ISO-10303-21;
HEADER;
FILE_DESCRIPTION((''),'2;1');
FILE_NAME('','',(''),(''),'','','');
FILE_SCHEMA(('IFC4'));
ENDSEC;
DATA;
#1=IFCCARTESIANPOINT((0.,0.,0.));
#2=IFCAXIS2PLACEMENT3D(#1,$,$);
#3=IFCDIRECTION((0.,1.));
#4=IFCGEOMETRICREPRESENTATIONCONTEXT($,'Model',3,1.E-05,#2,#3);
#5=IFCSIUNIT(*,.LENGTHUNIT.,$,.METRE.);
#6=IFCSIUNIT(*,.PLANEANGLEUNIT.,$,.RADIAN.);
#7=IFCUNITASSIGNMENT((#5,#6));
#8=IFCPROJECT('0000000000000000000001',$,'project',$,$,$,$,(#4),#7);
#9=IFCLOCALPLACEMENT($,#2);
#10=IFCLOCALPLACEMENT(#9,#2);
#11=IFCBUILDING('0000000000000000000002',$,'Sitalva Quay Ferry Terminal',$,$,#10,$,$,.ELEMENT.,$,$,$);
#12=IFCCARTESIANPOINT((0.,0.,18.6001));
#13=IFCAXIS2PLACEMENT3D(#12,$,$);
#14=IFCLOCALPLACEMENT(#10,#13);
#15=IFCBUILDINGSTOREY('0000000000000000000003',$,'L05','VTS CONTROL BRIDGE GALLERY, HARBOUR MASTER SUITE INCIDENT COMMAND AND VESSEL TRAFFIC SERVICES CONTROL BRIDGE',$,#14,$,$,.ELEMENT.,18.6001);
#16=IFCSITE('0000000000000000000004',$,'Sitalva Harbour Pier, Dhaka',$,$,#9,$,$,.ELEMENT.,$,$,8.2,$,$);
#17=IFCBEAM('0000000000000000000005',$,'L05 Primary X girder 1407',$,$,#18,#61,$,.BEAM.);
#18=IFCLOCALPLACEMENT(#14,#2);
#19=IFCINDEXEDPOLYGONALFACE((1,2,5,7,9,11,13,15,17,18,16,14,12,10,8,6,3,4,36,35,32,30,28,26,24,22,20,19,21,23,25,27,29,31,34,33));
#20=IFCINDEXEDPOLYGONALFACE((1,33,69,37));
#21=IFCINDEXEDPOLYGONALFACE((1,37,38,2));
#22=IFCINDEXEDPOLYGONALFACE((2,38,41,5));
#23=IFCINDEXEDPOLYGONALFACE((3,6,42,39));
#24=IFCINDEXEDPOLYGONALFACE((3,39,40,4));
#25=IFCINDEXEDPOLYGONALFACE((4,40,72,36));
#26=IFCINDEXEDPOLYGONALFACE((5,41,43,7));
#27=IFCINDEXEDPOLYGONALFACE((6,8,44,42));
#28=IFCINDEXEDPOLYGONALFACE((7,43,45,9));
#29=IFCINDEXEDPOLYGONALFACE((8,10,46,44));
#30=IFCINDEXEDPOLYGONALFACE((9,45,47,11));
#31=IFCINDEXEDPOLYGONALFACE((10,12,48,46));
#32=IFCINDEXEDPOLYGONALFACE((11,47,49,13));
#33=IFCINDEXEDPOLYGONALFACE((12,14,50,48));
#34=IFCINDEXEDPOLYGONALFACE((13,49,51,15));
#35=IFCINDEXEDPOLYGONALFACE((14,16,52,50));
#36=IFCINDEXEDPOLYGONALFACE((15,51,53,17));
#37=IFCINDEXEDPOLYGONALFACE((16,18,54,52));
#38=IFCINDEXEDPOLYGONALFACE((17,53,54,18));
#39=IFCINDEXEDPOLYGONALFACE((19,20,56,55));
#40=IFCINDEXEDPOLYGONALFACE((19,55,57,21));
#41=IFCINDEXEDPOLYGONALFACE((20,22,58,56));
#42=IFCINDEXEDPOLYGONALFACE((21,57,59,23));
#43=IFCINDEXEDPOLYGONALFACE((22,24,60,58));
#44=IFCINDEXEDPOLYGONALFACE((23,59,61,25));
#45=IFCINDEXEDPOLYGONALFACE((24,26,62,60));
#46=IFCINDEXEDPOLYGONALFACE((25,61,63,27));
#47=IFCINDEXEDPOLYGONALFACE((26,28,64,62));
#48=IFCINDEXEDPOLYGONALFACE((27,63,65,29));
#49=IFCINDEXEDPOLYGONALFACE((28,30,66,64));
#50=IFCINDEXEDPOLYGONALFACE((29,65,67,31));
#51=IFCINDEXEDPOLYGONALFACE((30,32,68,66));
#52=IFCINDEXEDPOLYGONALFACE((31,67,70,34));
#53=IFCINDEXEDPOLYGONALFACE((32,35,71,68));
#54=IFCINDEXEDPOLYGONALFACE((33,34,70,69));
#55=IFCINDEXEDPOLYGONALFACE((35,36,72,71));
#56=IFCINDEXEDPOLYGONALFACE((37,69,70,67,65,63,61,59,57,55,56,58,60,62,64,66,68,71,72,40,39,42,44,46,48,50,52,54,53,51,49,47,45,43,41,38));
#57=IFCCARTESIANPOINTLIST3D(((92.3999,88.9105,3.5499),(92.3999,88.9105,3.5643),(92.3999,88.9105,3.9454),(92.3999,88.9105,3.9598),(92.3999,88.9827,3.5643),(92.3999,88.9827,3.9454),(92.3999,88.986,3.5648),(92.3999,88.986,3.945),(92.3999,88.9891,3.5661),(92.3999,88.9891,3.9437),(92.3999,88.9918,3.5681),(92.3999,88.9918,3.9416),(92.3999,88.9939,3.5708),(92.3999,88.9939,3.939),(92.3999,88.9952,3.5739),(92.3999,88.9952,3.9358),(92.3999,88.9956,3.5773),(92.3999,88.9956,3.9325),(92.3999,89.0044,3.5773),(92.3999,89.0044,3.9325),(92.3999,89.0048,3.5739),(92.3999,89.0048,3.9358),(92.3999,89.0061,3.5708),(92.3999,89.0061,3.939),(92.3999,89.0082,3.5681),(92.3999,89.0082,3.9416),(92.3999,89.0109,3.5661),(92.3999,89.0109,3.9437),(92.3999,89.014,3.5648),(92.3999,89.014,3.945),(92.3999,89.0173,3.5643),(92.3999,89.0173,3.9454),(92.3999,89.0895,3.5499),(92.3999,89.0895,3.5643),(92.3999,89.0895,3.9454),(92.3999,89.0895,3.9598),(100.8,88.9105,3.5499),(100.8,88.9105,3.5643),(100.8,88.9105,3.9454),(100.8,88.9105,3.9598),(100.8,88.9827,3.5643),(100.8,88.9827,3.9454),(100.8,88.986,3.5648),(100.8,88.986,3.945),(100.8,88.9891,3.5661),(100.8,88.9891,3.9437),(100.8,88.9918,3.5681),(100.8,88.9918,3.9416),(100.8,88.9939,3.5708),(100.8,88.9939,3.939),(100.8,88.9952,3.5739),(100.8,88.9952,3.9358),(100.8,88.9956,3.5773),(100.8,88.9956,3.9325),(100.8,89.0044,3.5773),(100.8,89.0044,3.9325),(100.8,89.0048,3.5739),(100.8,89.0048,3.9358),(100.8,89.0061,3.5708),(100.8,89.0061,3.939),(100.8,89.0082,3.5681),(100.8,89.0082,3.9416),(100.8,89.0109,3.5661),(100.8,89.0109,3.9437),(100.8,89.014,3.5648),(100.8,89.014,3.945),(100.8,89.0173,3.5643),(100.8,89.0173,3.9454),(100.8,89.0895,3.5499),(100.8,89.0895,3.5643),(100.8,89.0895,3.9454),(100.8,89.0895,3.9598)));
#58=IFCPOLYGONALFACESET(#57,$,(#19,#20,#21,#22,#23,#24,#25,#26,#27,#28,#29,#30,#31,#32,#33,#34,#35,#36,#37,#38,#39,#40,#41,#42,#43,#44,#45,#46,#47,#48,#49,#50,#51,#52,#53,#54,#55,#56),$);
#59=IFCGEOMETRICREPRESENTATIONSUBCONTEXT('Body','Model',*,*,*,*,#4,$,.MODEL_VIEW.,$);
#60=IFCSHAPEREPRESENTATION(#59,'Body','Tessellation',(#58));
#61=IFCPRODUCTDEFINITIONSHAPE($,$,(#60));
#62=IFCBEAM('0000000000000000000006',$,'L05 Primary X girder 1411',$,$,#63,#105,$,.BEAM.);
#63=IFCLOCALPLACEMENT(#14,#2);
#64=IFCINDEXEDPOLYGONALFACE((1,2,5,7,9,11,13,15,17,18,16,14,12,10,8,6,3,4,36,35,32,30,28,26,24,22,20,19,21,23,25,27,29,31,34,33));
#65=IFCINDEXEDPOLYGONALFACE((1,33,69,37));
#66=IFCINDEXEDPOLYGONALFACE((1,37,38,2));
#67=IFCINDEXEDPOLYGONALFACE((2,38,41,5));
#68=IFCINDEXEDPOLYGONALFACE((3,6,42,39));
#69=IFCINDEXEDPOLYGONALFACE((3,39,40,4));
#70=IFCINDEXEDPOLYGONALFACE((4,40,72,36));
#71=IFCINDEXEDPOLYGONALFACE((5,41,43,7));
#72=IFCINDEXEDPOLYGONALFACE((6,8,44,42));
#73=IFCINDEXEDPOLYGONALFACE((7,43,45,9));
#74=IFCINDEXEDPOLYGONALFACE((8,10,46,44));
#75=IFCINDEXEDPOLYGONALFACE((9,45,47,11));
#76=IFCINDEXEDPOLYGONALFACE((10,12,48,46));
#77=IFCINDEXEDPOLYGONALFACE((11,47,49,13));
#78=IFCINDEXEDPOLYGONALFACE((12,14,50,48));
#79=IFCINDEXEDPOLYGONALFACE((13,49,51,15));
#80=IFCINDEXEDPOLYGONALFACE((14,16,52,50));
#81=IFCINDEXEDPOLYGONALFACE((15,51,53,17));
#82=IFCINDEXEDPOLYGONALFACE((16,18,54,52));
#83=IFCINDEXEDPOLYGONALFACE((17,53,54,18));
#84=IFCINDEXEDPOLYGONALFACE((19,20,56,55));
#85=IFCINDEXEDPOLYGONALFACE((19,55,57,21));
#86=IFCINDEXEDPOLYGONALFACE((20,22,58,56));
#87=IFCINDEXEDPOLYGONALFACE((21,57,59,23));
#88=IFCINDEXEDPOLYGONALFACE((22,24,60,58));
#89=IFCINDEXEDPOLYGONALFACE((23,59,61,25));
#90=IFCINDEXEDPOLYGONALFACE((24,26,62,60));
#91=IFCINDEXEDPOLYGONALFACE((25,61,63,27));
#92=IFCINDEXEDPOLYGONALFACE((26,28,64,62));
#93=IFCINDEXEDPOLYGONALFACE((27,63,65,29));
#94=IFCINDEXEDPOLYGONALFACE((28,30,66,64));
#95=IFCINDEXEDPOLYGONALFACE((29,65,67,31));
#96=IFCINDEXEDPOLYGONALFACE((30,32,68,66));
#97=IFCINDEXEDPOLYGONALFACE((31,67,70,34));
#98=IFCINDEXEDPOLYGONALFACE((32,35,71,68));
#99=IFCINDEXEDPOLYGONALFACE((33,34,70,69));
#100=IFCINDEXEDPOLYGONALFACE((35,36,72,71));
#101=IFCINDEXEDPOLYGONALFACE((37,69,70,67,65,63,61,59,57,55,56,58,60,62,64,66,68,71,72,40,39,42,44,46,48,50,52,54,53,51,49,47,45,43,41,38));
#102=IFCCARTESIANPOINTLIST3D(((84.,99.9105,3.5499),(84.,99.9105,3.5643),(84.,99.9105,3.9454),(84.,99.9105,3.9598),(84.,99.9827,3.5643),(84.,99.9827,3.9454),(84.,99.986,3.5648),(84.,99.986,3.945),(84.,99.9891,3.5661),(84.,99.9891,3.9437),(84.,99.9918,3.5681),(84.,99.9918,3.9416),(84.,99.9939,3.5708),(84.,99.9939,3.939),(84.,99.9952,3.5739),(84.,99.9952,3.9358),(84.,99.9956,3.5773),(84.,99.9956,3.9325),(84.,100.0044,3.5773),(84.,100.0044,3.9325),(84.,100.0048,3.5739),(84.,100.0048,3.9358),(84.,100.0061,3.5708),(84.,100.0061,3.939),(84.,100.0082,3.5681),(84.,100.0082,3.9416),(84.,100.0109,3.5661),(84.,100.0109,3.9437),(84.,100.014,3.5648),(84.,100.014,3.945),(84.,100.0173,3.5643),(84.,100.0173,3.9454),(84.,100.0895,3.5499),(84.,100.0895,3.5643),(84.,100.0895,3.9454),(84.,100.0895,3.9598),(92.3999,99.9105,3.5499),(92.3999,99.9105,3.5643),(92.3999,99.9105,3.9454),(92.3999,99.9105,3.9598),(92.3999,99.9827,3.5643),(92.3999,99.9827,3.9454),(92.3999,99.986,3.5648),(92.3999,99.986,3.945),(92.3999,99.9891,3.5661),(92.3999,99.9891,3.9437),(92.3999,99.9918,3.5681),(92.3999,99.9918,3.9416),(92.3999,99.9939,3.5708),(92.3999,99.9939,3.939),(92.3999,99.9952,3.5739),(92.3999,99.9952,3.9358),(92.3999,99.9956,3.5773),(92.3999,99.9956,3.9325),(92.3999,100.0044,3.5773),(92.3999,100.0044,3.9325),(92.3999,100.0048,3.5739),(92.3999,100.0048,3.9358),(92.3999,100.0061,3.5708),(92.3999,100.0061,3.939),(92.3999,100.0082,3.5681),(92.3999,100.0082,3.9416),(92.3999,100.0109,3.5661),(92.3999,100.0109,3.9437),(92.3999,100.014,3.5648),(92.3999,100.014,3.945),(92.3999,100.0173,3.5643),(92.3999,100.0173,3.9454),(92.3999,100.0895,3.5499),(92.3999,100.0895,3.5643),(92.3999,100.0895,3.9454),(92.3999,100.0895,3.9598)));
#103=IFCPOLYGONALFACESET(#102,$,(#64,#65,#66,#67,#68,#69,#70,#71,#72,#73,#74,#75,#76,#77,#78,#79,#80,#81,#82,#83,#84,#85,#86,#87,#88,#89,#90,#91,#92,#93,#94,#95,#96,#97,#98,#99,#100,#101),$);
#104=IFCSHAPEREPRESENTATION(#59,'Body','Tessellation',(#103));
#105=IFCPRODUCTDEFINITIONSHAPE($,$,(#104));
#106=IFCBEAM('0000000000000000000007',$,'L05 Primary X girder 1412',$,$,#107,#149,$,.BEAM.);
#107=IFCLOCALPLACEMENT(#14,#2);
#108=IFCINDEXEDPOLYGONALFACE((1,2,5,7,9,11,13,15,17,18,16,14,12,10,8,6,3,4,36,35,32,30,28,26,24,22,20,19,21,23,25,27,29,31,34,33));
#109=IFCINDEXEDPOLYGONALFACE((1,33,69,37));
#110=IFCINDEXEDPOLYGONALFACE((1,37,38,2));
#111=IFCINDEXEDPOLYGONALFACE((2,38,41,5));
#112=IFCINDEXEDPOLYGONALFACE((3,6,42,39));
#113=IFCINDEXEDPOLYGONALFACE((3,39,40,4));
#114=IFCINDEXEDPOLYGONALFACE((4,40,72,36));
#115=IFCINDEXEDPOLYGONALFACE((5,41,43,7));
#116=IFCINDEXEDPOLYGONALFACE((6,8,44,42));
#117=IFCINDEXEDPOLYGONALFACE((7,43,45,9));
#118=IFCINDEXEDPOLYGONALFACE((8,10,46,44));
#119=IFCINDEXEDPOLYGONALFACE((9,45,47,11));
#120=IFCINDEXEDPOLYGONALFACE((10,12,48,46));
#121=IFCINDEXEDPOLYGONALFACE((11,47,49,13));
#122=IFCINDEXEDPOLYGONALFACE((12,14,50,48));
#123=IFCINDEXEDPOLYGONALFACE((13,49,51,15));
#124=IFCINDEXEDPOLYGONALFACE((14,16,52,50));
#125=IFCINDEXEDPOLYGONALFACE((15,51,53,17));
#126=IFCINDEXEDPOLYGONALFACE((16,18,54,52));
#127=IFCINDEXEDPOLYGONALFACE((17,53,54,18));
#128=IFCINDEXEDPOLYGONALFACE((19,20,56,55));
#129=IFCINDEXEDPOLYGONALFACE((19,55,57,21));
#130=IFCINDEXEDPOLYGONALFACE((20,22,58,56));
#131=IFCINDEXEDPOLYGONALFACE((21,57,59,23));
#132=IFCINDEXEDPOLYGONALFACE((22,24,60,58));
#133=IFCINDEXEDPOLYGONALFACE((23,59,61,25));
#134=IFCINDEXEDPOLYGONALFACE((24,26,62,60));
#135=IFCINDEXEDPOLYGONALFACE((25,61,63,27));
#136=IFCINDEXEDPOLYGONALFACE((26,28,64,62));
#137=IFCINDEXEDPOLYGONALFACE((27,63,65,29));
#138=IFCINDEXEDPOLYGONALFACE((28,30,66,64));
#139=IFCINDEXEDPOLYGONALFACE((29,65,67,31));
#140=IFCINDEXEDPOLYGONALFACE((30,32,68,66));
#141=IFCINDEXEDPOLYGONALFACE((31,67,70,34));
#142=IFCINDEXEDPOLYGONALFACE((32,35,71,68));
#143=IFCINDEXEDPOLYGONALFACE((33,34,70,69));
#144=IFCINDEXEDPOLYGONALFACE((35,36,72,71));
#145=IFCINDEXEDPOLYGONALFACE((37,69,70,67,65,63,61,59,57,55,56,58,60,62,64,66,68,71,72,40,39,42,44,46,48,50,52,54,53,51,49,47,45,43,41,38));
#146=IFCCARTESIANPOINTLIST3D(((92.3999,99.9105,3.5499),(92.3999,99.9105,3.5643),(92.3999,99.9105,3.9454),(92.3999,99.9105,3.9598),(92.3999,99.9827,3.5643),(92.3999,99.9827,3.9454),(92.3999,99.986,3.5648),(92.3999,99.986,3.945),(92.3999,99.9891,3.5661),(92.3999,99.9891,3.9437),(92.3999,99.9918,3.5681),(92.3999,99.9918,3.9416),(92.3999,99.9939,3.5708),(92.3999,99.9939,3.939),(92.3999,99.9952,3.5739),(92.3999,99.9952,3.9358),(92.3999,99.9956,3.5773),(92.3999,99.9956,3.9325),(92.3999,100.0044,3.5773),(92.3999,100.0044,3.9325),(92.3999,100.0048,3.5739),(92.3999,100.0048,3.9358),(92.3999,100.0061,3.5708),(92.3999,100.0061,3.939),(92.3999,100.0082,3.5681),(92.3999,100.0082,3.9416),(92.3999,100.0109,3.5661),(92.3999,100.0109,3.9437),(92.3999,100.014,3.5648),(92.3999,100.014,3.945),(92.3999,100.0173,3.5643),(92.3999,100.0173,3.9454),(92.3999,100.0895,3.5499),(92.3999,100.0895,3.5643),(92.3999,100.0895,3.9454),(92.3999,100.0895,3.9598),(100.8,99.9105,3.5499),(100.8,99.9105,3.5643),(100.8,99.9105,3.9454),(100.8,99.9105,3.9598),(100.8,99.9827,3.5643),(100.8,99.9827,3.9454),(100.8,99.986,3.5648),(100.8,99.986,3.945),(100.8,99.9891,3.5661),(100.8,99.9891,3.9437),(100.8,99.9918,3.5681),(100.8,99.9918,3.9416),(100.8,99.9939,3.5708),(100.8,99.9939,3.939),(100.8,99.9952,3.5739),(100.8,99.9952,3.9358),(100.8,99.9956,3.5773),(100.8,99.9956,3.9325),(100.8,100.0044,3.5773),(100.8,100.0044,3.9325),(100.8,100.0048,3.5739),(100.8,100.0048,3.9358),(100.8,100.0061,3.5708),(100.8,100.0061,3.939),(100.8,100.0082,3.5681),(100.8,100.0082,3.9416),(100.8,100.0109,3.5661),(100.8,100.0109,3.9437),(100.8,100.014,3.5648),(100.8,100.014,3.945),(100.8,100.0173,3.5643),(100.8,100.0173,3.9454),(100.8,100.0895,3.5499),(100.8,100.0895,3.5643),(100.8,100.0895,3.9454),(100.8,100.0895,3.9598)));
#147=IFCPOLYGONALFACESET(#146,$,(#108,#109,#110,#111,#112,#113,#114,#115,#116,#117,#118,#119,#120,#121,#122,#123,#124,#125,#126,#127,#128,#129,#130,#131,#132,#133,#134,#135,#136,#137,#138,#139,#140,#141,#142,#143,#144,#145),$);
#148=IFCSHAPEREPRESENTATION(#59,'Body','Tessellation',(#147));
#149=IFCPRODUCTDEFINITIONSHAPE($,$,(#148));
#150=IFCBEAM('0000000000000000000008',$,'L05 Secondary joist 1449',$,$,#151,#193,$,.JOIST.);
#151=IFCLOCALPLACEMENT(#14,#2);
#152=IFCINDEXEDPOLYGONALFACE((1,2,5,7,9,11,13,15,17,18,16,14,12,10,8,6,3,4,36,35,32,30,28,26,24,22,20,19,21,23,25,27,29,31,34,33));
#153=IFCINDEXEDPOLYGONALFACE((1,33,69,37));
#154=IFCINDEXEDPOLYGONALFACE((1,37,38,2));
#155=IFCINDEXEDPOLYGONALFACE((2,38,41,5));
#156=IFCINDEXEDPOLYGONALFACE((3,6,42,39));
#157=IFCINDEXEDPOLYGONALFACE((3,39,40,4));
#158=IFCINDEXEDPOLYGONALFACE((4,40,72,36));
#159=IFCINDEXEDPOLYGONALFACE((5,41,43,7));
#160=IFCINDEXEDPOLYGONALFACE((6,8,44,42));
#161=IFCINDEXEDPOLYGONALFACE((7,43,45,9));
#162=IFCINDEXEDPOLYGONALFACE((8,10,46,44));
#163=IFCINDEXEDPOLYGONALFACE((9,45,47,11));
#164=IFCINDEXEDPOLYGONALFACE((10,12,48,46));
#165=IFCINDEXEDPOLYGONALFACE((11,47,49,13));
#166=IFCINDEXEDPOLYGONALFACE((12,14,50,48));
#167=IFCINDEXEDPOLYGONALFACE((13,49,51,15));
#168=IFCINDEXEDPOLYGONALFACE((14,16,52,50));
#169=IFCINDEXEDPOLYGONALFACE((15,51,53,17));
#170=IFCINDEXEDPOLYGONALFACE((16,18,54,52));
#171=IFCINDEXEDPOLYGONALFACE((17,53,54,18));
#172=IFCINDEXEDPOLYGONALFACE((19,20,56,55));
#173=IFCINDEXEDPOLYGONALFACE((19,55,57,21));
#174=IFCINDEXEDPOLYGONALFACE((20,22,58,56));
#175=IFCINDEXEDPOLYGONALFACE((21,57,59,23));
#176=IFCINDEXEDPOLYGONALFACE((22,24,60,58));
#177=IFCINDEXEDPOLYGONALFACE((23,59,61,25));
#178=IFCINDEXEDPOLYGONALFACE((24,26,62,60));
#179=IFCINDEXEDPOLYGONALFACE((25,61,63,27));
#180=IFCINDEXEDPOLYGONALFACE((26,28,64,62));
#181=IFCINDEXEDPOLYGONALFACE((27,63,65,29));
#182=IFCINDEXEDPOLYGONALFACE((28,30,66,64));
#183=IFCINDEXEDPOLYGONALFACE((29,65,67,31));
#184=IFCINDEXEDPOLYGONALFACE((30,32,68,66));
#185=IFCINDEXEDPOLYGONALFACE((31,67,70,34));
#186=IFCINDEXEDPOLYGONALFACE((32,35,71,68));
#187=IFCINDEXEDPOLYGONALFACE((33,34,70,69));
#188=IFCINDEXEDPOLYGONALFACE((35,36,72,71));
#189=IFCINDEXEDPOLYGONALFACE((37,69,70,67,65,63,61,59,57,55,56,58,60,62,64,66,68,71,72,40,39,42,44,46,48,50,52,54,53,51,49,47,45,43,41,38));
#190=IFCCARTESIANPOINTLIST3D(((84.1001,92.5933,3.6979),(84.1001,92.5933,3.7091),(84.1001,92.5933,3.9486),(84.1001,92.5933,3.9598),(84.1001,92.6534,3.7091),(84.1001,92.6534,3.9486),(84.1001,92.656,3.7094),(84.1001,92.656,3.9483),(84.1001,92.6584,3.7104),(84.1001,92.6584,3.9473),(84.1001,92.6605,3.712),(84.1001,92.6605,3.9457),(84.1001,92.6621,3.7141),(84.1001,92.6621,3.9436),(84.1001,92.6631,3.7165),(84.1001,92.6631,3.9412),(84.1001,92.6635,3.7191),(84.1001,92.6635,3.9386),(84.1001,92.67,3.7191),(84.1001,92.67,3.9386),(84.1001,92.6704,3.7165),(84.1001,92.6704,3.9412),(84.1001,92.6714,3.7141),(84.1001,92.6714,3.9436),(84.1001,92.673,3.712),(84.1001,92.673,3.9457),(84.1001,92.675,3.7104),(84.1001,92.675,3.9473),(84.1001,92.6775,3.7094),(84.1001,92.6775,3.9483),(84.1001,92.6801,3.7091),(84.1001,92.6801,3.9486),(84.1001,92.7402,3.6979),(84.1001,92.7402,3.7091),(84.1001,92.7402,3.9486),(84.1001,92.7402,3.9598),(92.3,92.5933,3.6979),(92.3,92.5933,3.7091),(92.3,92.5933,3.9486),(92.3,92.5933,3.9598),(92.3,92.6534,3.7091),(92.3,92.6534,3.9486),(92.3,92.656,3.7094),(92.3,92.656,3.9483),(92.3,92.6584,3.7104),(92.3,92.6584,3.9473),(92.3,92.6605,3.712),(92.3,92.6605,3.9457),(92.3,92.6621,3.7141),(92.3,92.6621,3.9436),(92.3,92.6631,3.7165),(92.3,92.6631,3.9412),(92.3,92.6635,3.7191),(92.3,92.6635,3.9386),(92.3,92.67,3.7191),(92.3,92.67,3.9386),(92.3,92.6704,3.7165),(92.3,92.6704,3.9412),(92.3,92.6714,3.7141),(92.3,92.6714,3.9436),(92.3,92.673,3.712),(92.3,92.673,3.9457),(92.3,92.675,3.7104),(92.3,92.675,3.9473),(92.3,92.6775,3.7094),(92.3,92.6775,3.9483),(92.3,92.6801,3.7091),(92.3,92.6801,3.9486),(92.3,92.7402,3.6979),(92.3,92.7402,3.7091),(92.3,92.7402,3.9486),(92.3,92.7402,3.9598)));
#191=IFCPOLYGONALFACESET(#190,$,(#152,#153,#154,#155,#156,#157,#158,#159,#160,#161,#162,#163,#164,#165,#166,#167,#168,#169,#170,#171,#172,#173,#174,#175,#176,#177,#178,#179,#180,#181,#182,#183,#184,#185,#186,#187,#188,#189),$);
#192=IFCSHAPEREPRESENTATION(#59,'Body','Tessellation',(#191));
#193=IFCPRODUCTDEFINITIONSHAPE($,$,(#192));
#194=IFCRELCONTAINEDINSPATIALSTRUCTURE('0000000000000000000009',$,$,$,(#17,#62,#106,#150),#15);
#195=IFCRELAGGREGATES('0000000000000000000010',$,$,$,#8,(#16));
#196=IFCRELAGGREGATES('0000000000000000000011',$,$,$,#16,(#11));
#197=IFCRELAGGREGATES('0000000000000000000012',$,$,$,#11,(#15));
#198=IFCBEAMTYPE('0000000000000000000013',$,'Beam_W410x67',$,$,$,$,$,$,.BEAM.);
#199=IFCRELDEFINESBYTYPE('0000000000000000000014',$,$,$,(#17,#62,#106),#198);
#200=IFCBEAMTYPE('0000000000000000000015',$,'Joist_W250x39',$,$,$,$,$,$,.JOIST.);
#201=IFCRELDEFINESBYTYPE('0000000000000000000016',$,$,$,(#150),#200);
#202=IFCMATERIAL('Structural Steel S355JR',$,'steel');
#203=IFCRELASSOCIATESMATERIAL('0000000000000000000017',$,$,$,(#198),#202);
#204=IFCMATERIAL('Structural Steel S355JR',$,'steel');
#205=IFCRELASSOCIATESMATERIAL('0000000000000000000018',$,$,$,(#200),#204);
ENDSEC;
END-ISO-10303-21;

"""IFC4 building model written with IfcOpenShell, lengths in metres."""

from ifc_helpers import new_model, si_unit, direction, frame, origin, origin_2d, place, context, subcontext, project, spatial, i_section, extrude, material, material_profile, profile_set, type_object, element, save


model = new_model("IFC4")

# Units and contexts
model_context = context("Model", 3, precision=1e-05, world=origin(), true_north=direction((0.0, 1.0)))
body_context = subcontext(model_context, "Body", "Model", "MODEL_VIEW")
ifc_project = project(units=[si_unit("LENGTHUNIT", "METRE"), si_unit("PLANEANGLEUNIT", "RADIAN")], contexts=[model_context])

# Site, building, storey
site_placement = place(None, origin())
site = spatial("IfcSite", under=ifc_project, at=site_placement, Name="Sitalva Harbour Pier, Dhaka", CompositionType="ELEMENT", RefElevation=8.2)
building_placement = place(site_placement, origin())
building = spatial("IfcBuilding", under=site, at=building_placement, Name="Sitalva Quay Ferry Terminal", CompositionType="ELEMENT")
storey_placement = place(building_placement, frame((0.0, 0.0, 18.6001)))
storey = spatial("IfcBuildingStorey", under=building, at=storey_placement, Name="L05", Description="VTS CONTROL BRIDGE GALLERY, HARBOUR MASTER SUITE INCIDENT COMMAND AND VESSEL TRAFFIC SERVICES CONTROL BRIDGE", CompositionType="ELEMENT", Elevation=18.6001)

# Beams
ifc_material_1 = material(Name="Structural Steel S355JR", Category="steel")
ifc_material_profile_1 = material_profile(ifc_material_1, i_section(OverallWidth=0.179, OverallDepth=0.4099, WebThickness=0.0088, FlangeThickness=0.0144, FilletRadius=0.0129, at=origin_2d()), Name="W410x67")
ifc_profile_set_1 = profile_set([ifc_material_profile_1], Name="Structural Steel S355JR")
beam_type_1 = type_object("IfcBeamType", Name="Beam_W410x67", PredefinedType="BEAM", material=ifc_profile_set_1)
beam_1_placement = place(storey_placement, frame((92.3999, 89.0, 3.7549), z_axis=(1.0, 0.0, 0.0), x_axis=(0.0, 1.0, 0.0)))
element("IfcBeam", 1, at=beam_1_placement, inside=storey, type_object=beam_type_1, Name="L05 Primary X girder 1407", PredefinedType="BEAM", context=body_context, shape_type="SweptSolid", body=[
    extrude(i_section(OverallWidth=0.179, OverallDepth=0.4099, WebThickness=0.0088, FlangeThickness=0.0144, FilletRadius=0.0129, at=origin_2d()), origin(), (0.0, 0.0, 1.0), 8.4001),
])
beam_2_placement = place(storey_placement, frame((84.0, 100.0, 3.7549), z_axis=(1.0, 0.0, 0.0), x_axis=(0.0, 1.0, 0.0)))
element("IfcBeam", 2, at=beam_2_placement, inside=storey, type_object=beam_type_1, Name="L05 Primary X girder 1411", PredefinedType="BEAM", context=body_context, shape_type="SweptSolid", body=[
    extrude(i_section(OverallWidth=0.179, OverallDepth=0.4099, WebThickness=0.0088, FlangeThickness=0.0144, FilletRadius=0.0129, at=origin_2d()), origin(), (0.0, 0.0, 1.0), 8.3999),
])
beam_3_placement = place(storey_placement, frame((92.3999, 100.0, 3.7549), z_axis=(1.0, 0.0, 0.0), x_axis=(0.0, 1.0, 0.0)))
element("IfcBeam", 3, at=beam_3_placement, inside=storey, type_object=beam_type_1, Name="L05 Primary X girder 1412", PredefinedType="BEAM", context=body_context, shape_type="SweptSolid", body=[
    extrude(i_section(OverallWidth=0.179, OverallDepth=0.4099, WebThickness=0.0088, FlangeThickness=0.0144, FilletRadius=0.0129, at=origin_2d()), origin(), (0.0, 0.0, 1.0), 8.4001),
])
ifc_material_2 = material(Name="Structural Steel S355JR", Category="steel")
ifc_material_profile_2 = material_profile(ifc_material_2, i_section(OverallWidth=0.147, OverallDepth=0.262, WebThickness=0.0066, FlangeThickness=0.0112, FilletRadius=0.01, at=origin_2d()), Name="W250x39")
ifc_profile_set_2 = profile_set([ifc_material_profile_2], Name="Structural Steel S355JR")
beam_type_2 = type_object("IfcBeamType", Name="Joist_W250x39", PredefinedType="JOIST", material=ifc_profile_set_2)
for number, where, z_axis, x_axis, name in (
    (4, (84.1001, 92.6667, 3.8289), (1.0, 0.0, 0.0), (0.0, 1.0, 0.0), "L05 Secondary joist 1449"),
):
    element("IfcBeam", number, at=place(storey_placement, frame(where, z_axis=z_axis, x_axis=x_axis)), inside=storey, type_object=beam_type_2, Name=name, PredefinedType="JOIST", context=body_context, shape_type="SweptSolid", body=[
        extrude(i_section(OverallWidth=0.147, OverallDepth=0.262, WebThickness=0.0066, FlangeThickness=0.0112, FilletRadius=0.01, at=origin_2d()), origin(), (0.0, 0.0, 1.0), 8.2),
    ])

save(model, "model.ifc")
